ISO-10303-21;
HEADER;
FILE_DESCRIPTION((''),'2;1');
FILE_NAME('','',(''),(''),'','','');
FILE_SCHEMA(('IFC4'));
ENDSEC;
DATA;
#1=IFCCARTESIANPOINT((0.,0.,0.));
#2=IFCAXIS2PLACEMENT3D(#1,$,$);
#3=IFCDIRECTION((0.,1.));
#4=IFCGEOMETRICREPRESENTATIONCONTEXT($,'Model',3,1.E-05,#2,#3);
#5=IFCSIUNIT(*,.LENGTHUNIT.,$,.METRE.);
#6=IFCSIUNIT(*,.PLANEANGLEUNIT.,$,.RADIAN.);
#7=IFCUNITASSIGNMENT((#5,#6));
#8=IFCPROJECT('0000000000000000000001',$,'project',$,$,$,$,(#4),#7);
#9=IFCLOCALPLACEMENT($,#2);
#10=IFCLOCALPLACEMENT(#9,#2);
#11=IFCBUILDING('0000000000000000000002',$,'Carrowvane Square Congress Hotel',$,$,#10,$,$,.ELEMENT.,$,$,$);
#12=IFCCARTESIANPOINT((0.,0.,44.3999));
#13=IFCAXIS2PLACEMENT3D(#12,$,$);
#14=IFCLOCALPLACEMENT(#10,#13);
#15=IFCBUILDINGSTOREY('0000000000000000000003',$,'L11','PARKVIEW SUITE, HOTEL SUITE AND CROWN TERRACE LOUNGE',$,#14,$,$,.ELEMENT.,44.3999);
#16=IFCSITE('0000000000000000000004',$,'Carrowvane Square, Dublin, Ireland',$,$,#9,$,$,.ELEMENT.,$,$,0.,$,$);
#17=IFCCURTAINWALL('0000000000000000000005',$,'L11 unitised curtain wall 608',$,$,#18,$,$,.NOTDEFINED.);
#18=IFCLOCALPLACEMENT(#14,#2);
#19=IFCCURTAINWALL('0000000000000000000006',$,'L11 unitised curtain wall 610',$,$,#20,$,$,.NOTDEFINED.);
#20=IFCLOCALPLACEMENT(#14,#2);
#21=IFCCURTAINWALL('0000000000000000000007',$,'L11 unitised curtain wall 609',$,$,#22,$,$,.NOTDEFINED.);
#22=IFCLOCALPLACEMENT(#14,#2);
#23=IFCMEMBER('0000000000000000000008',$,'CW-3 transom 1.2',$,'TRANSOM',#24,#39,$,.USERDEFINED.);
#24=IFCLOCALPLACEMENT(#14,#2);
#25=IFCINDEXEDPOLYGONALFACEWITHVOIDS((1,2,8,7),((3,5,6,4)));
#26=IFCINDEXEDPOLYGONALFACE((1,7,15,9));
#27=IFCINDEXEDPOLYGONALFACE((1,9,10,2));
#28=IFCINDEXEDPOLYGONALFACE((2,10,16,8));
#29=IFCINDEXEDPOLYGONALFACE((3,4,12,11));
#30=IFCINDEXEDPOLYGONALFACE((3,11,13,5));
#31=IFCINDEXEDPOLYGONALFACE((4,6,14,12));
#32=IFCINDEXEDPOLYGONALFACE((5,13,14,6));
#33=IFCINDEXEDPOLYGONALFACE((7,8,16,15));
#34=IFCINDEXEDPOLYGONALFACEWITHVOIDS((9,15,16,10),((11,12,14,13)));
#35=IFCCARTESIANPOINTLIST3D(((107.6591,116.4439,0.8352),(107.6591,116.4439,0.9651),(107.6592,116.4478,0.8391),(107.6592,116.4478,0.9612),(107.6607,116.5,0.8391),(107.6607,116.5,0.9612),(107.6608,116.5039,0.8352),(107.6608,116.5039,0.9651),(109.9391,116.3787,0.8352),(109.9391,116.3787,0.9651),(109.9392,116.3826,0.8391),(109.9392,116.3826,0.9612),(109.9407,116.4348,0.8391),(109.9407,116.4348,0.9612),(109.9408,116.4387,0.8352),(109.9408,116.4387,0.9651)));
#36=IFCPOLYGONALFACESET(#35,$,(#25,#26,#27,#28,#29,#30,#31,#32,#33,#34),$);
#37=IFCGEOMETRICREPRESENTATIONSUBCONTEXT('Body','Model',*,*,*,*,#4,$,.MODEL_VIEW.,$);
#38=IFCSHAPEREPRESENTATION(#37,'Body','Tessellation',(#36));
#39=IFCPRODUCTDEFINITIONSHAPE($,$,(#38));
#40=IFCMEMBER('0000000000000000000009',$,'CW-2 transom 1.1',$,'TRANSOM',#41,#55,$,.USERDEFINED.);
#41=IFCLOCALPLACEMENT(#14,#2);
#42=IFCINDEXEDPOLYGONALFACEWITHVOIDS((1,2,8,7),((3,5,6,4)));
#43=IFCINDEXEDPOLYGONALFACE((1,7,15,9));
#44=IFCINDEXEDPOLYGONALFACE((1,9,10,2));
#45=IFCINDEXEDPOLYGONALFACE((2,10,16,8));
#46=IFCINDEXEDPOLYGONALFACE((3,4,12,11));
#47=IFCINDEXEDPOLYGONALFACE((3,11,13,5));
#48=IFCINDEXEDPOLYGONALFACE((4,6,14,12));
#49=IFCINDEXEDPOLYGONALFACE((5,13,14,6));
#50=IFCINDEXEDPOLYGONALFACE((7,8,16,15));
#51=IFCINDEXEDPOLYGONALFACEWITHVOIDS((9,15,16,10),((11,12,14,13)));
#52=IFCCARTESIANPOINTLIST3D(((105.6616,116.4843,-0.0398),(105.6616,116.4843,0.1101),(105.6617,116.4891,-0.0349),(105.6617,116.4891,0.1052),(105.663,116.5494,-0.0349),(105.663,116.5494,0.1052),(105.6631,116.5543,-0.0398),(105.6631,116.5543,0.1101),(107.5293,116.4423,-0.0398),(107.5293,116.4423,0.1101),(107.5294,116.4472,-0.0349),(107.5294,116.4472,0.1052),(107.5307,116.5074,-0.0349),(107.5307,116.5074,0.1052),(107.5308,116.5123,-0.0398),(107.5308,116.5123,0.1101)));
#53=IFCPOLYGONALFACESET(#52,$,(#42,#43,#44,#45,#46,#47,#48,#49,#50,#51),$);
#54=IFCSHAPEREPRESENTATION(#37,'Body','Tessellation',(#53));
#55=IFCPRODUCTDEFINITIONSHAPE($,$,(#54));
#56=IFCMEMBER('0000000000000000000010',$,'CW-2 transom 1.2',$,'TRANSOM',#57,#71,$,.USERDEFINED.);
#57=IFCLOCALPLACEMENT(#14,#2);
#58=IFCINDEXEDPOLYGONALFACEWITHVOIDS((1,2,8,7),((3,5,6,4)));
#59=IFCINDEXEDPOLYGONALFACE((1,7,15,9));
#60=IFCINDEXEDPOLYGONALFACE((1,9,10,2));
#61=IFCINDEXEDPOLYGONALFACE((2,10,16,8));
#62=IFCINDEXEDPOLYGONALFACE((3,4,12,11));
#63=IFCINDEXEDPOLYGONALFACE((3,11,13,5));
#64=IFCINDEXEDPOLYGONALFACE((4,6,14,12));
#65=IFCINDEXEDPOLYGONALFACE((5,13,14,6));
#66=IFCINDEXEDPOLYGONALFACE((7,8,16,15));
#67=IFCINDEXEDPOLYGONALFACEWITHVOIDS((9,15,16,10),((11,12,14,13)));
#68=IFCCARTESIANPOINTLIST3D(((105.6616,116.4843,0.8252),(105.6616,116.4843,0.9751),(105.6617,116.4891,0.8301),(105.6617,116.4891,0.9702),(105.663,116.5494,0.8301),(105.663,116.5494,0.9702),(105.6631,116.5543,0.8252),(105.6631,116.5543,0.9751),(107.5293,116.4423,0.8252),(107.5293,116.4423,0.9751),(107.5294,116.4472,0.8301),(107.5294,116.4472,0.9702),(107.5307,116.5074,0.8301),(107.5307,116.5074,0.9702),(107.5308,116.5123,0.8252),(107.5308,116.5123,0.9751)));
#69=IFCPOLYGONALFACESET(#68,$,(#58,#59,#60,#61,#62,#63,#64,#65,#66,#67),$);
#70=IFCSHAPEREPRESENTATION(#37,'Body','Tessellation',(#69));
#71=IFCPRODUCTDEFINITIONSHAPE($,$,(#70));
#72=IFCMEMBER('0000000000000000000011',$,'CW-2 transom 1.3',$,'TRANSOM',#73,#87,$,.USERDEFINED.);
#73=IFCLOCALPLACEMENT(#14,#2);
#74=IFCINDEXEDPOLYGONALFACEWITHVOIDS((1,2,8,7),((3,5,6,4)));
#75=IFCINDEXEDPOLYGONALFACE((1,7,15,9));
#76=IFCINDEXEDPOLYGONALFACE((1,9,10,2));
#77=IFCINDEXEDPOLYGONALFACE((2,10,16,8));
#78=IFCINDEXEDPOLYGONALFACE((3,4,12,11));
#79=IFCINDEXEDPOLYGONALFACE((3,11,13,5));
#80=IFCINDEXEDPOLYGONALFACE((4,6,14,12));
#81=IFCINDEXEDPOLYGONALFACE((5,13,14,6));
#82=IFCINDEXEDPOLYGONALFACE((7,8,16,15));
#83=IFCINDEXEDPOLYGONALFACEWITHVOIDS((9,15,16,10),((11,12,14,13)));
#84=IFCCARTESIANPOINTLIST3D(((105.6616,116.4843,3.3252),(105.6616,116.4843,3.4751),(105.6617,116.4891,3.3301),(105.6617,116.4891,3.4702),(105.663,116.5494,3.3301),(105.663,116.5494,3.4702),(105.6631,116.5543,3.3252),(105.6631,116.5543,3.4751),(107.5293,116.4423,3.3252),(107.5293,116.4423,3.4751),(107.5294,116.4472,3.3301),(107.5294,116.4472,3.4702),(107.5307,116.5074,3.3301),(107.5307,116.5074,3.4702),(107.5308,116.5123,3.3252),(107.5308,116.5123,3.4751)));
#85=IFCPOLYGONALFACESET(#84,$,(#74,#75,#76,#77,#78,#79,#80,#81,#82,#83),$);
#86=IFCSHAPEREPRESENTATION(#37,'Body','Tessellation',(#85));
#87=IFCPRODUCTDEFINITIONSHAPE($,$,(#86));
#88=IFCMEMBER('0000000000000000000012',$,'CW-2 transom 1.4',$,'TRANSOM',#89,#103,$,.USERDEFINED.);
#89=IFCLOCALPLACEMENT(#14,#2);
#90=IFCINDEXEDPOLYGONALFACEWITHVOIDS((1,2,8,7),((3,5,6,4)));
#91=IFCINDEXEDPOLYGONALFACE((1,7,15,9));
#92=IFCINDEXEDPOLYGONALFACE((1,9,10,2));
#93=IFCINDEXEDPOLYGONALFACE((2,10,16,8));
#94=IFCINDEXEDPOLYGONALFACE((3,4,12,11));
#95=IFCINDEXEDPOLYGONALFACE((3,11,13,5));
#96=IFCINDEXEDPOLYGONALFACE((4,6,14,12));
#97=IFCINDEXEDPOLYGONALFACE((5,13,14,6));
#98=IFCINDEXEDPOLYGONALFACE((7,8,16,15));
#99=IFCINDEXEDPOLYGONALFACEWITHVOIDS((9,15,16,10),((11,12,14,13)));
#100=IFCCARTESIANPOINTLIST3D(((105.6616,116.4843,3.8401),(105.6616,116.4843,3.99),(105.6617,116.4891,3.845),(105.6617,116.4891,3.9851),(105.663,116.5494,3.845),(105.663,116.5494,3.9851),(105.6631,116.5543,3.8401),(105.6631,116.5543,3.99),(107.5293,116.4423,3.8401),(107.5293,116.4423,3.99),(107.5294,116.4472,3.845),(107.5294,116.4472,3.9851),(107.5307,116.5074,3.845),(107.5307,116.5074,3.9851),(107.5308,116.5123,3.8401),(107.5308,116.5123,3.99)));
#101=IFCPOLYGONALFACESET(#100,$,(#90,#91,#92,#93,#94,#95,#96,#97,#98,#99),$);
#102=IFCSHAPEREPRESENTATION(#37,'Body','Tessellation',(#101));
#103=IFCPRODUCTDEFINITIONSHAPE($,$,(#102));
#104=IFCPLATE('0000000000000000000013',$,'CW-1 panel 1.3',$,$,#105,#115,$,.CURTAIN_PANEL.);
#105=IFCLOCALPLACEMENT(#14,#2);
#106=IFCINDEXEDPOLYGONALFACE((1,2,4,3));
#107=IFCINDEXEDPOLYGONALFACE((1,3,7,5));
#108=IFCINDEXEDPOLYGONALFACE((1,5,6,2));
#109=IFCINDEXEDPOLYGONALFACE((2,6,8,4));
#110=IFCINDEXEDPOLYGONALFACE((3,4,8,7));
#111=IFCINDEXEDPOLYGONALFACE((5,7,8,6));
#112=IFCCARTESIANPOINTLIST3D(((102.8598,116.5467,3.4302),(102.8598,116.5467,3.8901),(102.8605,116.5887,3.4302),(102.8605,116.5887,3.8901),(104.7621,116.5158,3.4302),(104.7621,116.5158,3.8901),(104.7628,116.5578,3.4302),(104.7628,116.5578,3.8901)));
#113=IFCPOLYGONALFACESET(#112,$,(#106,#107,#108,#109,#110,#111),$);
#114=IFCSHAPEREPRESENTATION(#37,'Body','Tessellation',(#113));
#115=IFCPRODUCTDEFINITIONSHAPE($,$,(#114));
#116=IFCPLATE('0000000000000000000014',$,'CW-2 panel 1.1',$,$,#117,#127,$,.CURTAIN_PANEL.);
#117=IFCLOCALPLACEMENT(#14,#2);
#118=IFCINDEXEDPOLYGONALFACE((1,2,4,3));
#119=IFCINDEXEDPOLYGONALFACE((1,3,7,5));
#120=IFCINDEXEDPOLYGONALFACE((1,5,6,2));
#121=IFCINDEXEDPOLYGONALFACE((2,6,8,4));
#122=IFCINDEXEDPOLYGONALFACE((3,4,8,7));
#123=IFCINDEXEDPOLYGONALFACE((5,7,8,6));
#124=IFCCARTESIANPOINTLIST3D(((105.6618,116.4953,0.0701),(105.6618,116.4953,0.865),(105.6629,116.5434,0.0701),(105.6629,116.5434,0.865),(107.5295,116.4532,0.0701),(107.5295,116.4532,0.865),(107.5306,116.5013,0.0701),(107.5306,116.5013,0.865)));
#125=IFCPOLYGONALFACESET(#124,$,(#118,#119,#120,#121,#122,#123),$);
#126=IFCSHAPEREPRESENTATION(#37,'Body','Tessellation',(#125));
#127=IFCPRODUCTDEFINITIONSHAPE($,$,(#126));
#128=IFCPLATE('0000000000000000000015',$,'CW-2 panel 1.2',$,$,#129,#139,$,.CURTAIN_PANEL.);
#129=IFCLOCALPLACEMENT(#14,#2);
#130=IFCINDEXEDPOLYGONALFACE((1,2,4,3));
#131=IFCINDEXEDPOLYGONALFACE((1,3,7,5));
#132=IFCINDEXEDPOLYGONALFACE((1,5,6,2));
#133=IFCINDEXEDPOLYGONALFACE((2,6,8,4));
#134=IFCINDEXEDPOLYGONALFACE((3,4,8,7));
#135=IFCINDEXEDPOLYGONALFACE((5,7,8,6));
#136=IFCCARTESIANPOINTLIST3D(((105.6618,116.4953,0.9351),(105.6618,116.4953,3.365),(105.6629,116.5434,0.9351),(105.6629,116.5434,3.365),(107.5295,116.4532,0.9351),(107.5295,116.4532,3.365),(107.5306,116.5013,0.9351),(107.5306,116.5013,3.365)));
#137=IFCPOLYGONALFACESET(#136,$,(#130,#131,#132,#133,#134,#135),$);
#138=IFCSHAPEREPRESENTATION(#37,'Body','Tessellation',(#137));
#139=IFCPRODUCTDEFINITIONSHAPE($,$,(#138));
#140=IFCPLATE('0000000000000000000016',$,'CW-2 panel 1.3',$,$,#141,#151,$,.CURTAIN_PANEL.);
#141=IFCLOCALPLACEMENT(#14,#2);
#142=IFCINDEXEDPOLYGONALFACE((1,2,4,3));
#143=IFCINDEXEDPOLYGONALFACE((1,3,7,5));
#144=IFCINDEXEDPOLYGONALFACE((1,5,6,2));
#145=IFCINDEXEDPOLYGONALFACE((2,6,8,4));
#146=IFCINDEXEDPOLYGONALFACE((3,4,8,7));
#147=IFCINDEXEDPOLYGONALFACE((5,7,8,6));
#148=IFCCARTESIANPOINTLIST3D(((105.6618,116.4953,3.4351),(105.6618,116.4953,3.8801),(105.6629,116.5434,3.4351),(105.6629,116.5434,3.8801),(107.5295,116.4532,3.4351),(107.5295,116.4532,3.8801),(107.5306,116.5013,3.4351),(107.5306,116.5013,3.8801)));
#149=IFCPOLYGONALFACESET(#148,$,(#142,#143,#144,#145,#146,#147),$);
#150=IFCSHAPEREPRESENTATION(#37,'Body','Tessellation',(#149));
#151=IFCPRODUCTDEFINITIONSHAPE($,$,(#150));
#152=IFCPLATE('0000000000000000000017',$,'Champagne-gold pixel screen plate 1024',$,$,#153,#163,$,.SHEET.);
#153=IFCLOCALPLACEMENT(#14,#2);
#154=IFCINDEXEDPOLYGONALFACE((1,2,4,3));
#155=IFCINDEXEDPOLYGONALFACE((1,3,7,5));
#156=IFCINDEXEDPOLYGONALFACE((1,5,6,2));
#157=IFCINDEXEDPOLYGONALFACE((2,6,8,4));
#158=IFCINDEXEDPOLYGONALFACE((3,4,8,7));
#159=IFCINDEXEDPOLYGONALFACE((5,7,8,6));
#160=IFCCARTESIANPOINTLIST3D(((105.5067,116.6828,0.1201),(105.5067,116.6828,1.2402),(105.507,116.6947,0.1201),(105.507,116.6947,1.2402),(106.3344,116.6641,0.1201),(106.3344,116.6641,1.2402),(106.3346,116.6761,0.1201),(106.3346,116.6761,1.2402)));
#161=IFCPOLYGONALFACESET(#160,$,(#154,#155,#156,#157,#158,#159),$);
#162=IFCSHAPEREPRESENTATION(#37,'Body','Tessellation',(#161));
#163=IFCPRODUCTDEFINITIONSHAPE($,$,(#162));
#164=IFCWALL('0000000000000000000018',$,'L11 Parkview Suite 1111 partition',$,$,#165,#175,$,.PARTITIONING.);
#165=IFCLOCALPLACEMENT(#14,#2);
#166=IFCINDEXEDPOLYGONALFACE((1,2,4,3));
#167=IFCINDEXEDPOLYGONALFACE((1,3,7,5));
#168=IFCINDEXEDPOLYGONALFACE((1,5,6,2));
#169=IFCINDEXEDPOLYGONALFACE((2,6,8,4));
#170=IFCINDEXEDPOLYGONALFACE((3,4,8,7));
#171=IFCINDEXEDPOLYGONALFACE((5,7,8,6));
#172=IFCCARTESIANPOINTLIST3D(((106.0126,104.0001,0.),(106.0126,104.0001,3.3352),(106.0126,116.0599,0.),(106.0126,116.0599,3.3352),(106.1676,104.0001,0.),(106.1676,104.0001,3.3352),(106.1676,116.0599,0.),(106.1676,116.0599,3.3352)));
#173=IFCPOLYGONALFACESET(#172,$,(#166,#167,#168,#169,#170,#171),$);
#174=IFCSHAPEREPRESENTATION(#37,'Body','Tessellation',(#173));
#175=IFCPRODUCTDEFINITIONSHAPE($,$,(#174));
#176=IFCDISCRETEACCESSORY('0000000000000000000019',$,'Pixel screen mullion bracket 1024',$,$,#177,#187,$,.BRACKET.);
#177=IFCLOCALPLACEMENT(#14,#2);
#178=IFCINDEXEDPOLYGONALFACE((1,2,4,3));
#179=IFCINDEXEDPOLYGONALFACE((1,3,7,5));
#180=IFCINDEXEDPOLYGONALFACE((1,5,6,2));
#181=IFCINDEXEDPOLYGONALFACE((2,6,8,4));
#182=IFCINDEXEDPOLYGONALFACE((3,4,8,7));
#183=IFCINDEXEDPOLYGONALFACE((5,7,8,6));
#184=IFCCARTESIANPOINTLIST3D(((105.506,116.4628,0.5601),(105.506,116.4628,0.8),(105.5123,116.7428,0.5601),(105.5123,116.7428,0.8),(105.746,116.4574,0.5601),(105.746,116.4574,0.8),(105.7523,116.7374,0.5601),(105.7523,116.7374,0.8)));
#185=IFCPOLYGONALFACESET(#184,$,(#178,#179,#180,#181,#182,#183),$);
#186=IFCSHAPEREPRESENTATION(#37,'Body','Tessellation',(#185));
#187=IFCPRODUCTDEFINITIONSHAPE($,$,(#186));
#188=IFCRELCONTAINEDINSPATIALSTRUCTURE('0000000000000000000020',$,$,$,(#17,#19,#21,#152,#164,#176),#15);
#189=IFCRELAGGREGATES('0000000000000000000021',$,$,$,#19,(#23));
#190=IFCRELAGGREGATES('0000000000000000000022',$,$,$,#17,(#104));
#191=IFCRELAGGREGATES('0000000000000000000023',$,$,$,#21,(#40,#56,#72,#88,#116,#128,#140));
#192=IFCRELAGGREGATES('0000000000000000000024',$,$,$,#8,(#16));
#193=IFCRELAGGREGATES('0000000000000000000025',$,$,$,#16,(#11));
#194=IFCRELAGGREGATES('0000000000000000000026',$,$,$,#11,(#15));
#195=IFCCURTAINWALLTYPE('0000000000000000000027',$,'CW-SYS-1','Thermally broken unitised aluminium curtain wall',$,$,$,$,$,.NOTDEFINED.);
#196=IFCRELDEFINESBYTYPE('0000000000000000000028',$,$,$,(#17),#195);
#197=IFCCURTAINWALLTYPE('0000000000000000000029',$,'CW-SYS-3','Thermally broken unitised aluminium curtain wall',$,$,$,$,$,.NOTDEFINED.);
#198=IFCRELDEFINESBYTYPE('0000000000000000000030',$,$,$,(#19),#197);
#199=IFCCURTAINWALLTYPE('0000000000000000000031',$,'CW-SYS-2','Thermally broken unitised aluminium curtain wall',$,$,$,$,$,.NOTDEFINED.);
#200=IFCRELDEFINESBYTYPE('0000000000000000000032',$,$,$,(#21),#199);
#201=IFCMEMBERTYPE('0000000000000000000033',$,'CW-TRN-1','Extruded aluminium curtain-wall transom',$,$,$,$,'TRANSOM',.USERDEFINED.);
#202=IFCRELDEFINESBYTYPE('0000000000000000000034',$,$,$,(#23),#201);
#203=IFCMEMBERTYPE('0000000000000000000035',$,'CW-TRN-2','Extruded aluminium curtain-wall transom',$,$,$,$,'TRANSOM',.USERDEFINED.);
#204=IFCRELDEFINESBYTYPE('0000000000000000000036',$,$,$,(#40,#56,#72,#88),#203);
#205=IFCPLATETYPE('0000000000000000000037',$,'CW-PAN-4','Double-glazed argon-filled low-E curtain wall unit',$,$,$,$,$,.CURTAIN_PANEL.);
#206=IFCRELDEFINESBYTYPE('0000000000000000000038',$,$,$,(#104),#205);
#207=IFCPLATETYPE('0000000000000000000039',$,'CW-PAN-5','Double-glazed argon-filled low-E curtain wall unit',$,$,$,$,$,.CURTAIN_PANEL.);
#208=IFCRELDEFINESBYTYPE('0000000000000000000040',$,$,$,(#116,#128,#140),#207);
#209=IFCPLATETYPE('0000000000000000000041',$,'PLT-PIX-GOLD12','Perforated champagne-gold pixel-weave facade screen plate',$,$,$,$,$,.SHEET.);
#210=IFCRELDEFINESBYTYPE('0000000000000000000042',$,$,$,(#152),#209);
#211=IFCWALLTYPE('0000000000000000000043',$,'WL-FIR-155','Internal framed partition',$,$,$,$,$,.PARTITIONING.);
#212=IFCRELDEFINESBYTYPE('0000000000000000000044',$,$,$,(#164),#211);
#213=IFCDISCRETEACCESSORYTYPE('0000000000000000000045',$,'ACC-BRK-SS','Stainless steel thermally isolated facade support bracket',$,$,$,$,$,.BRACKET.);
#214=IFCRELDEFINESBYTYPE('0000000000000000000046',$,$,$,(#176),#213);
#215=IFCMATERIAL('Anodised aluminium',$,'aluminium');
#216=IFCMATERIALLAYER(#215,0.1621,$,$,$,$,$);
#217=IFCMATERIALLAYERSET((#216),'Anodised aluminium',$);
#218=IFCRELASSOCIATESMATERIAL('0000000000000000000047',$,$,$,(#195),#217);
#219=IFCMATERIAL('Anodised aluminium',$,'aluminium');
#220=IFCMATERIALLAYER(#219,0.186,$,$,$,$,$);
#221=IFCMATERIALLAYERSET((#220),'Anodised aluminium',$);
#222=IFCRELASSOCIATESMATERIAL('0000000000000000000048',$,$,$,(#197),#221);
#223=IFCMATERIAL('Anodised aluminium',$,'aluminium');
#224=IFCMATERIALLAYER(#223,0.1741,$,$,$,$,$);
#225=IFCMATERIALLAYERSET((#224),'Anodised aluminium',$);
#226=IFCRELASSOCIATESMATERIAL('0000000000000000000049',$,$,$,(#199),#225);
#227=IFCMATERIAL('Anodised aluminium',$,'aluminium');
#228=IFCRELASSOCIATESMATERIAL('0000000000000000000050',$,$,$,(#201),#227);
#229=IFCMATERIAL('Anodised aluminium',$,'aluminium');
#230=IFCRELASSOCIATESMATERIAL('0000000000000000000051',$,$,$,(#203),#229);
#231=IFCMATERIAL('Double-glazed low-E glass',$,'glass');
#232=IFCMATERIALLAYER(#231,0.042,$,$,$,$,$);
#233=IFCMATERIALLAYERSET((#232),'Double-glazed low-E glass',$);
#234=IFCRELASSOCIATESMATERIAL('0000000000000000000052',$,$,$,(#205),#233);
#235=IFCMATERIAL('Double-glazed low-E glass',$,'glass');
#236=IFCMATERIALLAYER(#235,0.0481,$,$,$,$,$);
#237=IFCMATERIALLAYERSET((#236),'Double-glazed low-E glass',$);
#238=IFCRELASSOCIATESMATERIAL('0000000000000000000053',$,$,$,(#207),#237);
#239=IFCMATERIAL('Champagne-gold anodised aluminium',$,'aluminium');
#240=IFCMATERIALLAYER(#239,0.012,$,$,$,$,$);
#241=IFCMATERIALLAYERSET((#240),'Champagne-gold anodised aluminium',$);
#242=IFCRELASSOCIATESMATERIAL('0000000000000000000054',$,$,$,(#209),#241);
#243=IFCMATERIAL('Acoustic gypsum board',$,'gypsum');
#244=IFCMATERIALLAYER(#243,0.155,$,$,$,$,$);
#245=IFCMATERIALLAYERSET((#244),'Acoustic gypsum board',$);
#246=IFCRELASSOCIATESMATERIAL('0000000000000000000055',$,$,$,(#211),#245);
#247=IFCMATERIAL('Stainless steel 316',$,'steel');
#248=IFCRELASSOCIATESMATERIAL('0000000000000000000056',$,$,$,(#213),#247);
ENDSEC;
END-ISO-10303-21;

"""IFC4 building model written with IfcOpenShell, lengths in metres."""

from ifc_helpers import new_model, si_unit, direction, frame, frame_2d, origin, origin_2d, place, context, subcontext, project, spatial, rectangle, hollow_rectangle, extrude, material, layer, layer_set, material_profile, profile_set, type_object, element, aggregate, save


model = new_model("IFC4")

# Units and contexts
model_context = context("Model", 3, precision=1e-05, world=origin(), true_north=direction((0.0, 1.0)))
body_context = subcontext(model_context, "Body", "Model", "MODEL_VIEW")
ifc_project = project(units=[si_unit("LENGTHUNIT", "METRE"), si_unit("PLANEANGLEUNIT", "RADIAN")], contexts=[model_context])

# Site, building, storey
site_placement = place(None, origin())
site = spatial("IfcSite", under=ifc_project, at=site_placement, Name="Carrowvane Square, Dublin, Ireland", CompositionType="ELEMENT", RefElevation=0.0)
building_placement = place(site_placement, origin())
building = spatial("IfcBuilding", under=site, at=building_placement, Name="Carrowvane Square Congress Hotel", CompositionType="ELEMENT")
storey_placement = place(building_placement, frame((0.0, 0.0, 44.3999)))
storey = spatial("IfcBuildingStorey", under=building, at=storey_placement, Name="L11", Description="PARKVIEW SUITE, HOTEL SUITE AND CROWN TERRACE LOUNGE", CompositionType="ELEMENT", Elevation=44.3999)

# Curtain walls
ifc_material_1 = material(Name="Anodised aluminium", Category="aluminium")
ifc_layer_1 = layer(ifc_material_1, 0.1621)
ifc_layer_set_1 = layer_set([ifc_layer_1], Name="Anodised aluminium")
curtain_wall_type_1 = type_object("IfcCurtainWallType", Name="CW-SYS-1", Description="Thermally broken unitised aluminium curtain wall", PredefinedType="NOTDEFINED", material=ifc_layer_set_1)
curtain_wall_1_placement = place(storey_placement, origin())
curtain_wall_1 = element("IfcCurtainWall", 1, at=curtain_wall_1_placement, inside=storey, type_object=curtain_wall_type_1, Name="L11 unitised curtain wall 608", PredefinedType="NOTDEFINED")
ifc_material_2 = material(Name="Anodised aluminium", Category="aluminium")
ifc_layer_2 = layer(ifc_material_2, 0.186)
ifc_layer_set_2 = layer_set([ifc_layer_2], Name="Anodised aluminium")
curtain_wall_type_2 = type_object("IfcCurtainWallType", Name="CW-SYS-3", Description="Thermally broken unitised aluminium curtain wall", PredefinedType="NOTDEFINED", material=ifc_layer_set_2)
curtain_wall_2_placement = place(storey_placement, origin())
curtain_wall_2 = element("IfcCurtainWall", 2, at=curtain_wall_2_placement, inside=storey, type_object=curtain_wall_type_2, Name="L11 unitised curtain wall 610", PredefinedType="NOTDEFINED")

# Curtain wall
ifc_material_3 = material(Name="Anodised aluminium", Category="aluminium")
ifc_layer_3 = layer(ifc_material_3, 0.1741)
ifc_layer_set_3 = layer_set([ifc_layer_3], Name="Anodised aluminium")
curtain_wall_type_3 = type_object("IfcCurtainWallType", Name="CW-SYS-2", Description="Thermally broken unitised aluminium curtain wall", PredefinedType="NOTDEFINED", material=ifc_layer_set_3)
curtain_wall_3_placement = place(storey_placement, origin())
curtain_wall_3 = element("IfcCurtainWall", 3, at=curtain_wall_3_placement, inside=storey, type_object=curtain_wall_type_3, Name="L11 unitised curtain wall 609", PredefinedType="NOTDEFINED")

# Members
ifc_material_4 = material(Name="Anodised aluminium", Category="aluminium")
ifc_material_profile_1 = material_profile(ifc_material_4, hollow_rectangle(XDim=0.0601, YDim=0.1299, WallThickness=0.0039, at=origin_2d()), Name="CW-TR 60x130x4")
ifc_profile_set_1 = profile_set([ifc_material_profile_1], Name="Anodised aluminium")
member_type_1 = type_object("IfcMemberType", Name="CW-TRN-1", Description="Extruded aluminium curtain-wall transom", ElementType="TRANSOM", PredefinedType="USERDEFINED", material=ifc_profile_set_1)
member_1_placement = place(storey_placement, frame((107.6599, 116.4739, 0.9001), z_axis=(0.999592, -0.028578, 0.0), x_axis=(0.028578, 0.999592, 0.0)))
member_1 = element("IfcMember", 4, at=member_1_placement, type_object=member_type_1, Name="CW-3 transom 1.2", ObjectType="TRANSOM", PredefinedType="USERDEFINED", context=body_context, shape_type="SweptSolid", body=[
    extrude(hollow_rectangle(XDim=0.0601, YDim=0.1299, WallThickness=0.0039, at=origin_2d()), origin(), (0.0, 0.0, 1.0), 2.281),
])
aggregate(curtain_wall_2, [member_1])
ifc_material_5 = material(Name="Anodised aluminium", Category="aluminium")
ifc_material_profile_2 = material_profile(ifc_material_5, hollow_rectangle(XDim=0.0701, YDim=0.1499, WallThickness=0.0049, at=origin_2d()), Name="CW-TR 70x150x5")
ifc_profile_set_2 = profile_set([ifc_material_profile_2], Name="Anodised aluminium")
member_type_2 = type_object("IfcMemberType", Name="CW-TRN-2", Description="Extruded aluminium curtain-wall transom", ElementType="TRANSOM", PredefinedType="USERDEFINED", material=ifc_profile_set_2)
member_2_placement = place(storey_placement, frame((105.6624, 116.5193, 0.0352), z_axis=(0.999747, -0.022478, 0.0), x_axis=(0.022478, 0.999747, 0.0)))
member_2 = element("IfcMember", 5, at=member_2_placement, type_object=member_type_2, Name="CW-2 transom 1.1", ObjectType="TRANSOM", PredefinedType="USERDEFINED", context=body_context, shape_type="SweptSolid", body=[
    extrude(hollow_rectangle(XDim=0.0701, YDim=0.1499, WallThickness=0.0049, at=origin_2d()), origin(), (0.0, 0.0, 1.0), 1.8682),
])
member_3_placement = place(storey_placement, frame((105.6624, 116.5193, 0.9001), z_axis=(0.999747, -0.022478, 0.0), x_axis=(0.022478, 0.999747, 0.0)))
member_3 = element("IfcMember", 6, at=member_3_placement, type_object=member_type_2, Name="CW-2 transom 1.2", ObjectType="TRANSOM", PredefinedType="USERDEFINED", context=body_context, shape_type="SweptSolid", body=[
    extrude(hollow_rectangle(XDim=0.0701, YDim=0.1499, WallThickness=0.0049, at=origin_2d()), origin(), (0.0, 0.0, 1.0), 1.8682),
])
member_4_placement = place(storey_placement, frame((105.6624, 116.5193, 3.4001), z_axis=(0.999747, -0.022478, 0.0), x_axis=(0.022478, 0.999747, 0.0)))
member_4 = element("IfcMember", 7, at=member_4_placement, type_object=member_type_2, Name="CW-2 transom 1.3", ObjectType="TRANSOM", PredefinedType="USERDEFINED", context=body_context, shape_type="SweptSolid", body=[
    extrude(hollow_rectangle(XDim=0.0701, YDim=0.1499, WallThickness=0.0049, at=origin_2d()), origin(), (0.0, 0.0, 1.0), 1.8682),
])
member_5_placement = place(storey_placement, frame((105.6624, 116.5193, 3.915), z_axis=(0.999747, -0.022478, 0.0), x_axis=(0.022478, 0.999747, 0.0)))
member_5 = element("IfcMember", 8, at=member_5_placement, type_object=member_type_2, Name="CW-2 transom 1.4", ObjectType="TRANSOM", PredefinedType="USERDEFINED", context=body_context, shape_type="SweptSolid", body=[
    extrude(hollow_rectangle(XDim=0.0701, YDim=0.1499, WallThickness=0.0049, at=origin_2d()), origin(), (0.0, 0.0, 1.0), 1.8682),
])

# Plates
ifc_material_6 = material(Name="Double-glazed low-E glass", Category="glass")
ifc_layer_4 = layer(ifc_material_6, 0.042)
ifc_layer_set_4 = layer_set([ifc_layer_4], Name="Double-glazed low-E glass")
plate_type_1 = type_object("IfcPlateType", Name="CW-PAN-4", Description="Double-glazed argon-filled low-E curtain wall unit", PredefinedType="CURTAIN_PANEL", material=ifc_layer_set_4)
plate_1_placement = place(storey_placement, frame((103.8113, 116.5522, 3.4302), z_axis=(0.0, 0.0, 1.0), x_axis=(0.999869, -0.016216, 0.0)))
plate_1 = element("IfcPlate", 9, at=plate_1_placement, type_object=plate_type_1, Name="CW-1 panel 1.3", PredefinedType="CURTAIN_PANEL", context=body_context, shape_type="SweptSolid", body=[
    extrude(rectangle(XDim=1.9026, YDim=0.042, at=origin_2d()), origin(), (0.0, 0.0, 1.0), 0.46),
])
aggregate(curtain_wall_1, [plate_1])
ifc_material_7 = material(Name="Double-glazed low-E glass", Category="glass")
ifc_layer_5 = layer(ifc_material_7, 0.0481)
ifc_layer_set_5 = layer_set([ifc_layer_5], Name="Double-glazed low-E glass")
plate_type_2 = type_object("IfcPlateType", Name="CW-PAN-5", Description="Double-glazed argon-filled low-E curtain wall unit", PredefinedType="CURTAIN_PANEL", material=ifc_layer_set_5)
plate_2_placement = place(storey_placement, frame((106.5962, 116.4983, 0.0701), z_axis=(0.0, 0.0, 1.0), x_axis=(0.999746, -0.022518, 0.0)))
plate_2 = element("IfcPlate", 10, at=plate_2_placement, type_object=plate_type_2, Name="CW-2 panel 1.1", PredefinedType="CURTAIN_PANEL", context=body_context, shape_type="SweptSolid", body=[
    extrude(rectangle(XDim=1.8682, YDim=0.0481, at=origin_2d()), origin(), (0.0, 0.0, 1.0), 0.7949),
])
plate_3_placement = place(storey_placement, frame((106.5962, 116.4983, 0.9351), z_axis=(0.0, 0.0, 1.0), x_axis=(0.999746, -0.022518, 0.0)))
plate_3 = element("IfcPlate", 11, at=plate_3_placement, type_object=plate_type_2, Name="CW-2 panel 1.2", PredefinedType="CURTAIN_PANEL", context=body_context, shape_type="SweptSolid", body=[
    extrude(rectangle(XDim=1.8682, YDim=0.0481, at=origin_2d()), origin(), (0.0, 0.0, 1.0), 2.4299),
])
plate_4_placement = place(storey_placement, frame((106.5962, 116.4983, 3.4351), z_axis=(0.0, 0.0, 1.0), x_axis=(0.999746, -0.022518, 0.0)))
plate_4 = element("IfcPlate", 12, at=plate_4_placement, type_object=plate_type_2, Name="CW-2 panel 1.3", PredefinedType="CURTAIN_PANEL", context=body_context, shape_type="SweptSolid", body=[
    extrude(rectangle(XDim=1.8682, YDim=0.0481, at=origin_2d()), origin(), (0.0, 0.0, 1.0), 0.4451),
])
aggregate(curtain_wall_3, [member_2, member_3, member_4, member_5, plate_2, plate_3, plate_4])
ifc_material_8 = material(Name="Champagne-gold anodised aluminium", Category="aluminium")
ifc_layer_6 = layer(ifc_material_8, 0.012)
ifc_layer_set_6 = layer_set([ifc_layer_6], Name="Champagne-gold anodised aluminium")
plate_type_3 = type_object("IfcPlateType", Name="PLT-PIX-GOLD12", Description="Perforated champagne-gold pixel-weave facade screen plate", PredefinedType="SHEET", material=ifc_layer_set_6)
plate_5_placement = place(storey_placement, frame((105.9207, 116.6794, 0.1201), z_axis=(0.0, 0.0, 1.0), x_axis=(0.999746, -0.022519, 0.0)))
element("IfcPlate", 13, at=plate_5_placement, inside=storey, type_object=plate_type_3, Name="Champagne-gold pixel screen plate 1024", PredefinedType="SHEET", context=body_context, shape_type="SweptSolid", body=[
    extrude(rectangle(XDim=0.8279, YDim=0.012, at=origin_2d()), origin(), (0.0, 0.0, 1.0), 1.1201),
])

# Wall
ifc_material_9 = material(Name="Acoustic gypsum board", Category="gypsum")
ifc_layer_7 = layer(ifc_material_9, 0.155)
ifc_layer_set_7 = layer_set([ifc_layer_7], Name="Acoustic gypsum board")
wall_type = type_object("IfcWallType", Name="WL-FIR-155", Description="Internal framed partition", PredefinedType="PARTITIONING", material=ifc_layer_set_7)
wall_placement = place(storey_placement, frame((106.0901, 116.0598, 0.0), z_axis=(0.0, 0.0, 1.0), x_axis=(0.0, -1.0, 0.0)))
element("IfcWall", 14, at=wall_placement, inside=storey, type_object=wall_type, Name="L11 Parkview Suite 1111 partition", PredefinedType="PARTITIONING", context=body_context, shape_type="SweptSolid", body=[
    extrude(rectangle(XDim=12.0598, YDim=0.155, at=frame_2d((6.0298, 0.0))), origin(), (0.0, 0.0, 1.0), 3.3352),
])

# Discrete accessory
ifc_material_10 = material(Name="Stainless steel 316", Category="steel")
discrete_accessory_type = type_object("IfcDiscreteAccessoryType", Name="ACC-BRK-SS", Description="Stainless steel thermally isolated facade support bracket", PredefinedType="BRACKET", material=ifc_material_10)
for number, where, z_axis, x_axis, name in (
    (15, (105.6292, 116.6001, 0.5601), (0.0, 0.0, 1.0), (0.999746, -0.022519, 0.0), "Pixel screen mullion bracket 1024"),
):
    element("IfcDiscreteAccessory", number, at=place(storey_placement, frame(where, z_axis=z_axis, x_axis=x_axis)), inside=storey, type_object=discrete_accessory_type, Name=name, PredefinedType="BRACKET", context=body_context, shape_type="SweptSolid", body=[
        extrude(rectangle(XDim=0.24, YDim=0.28, at=origin_2d()), origin(), (0.0, 0.0, 1.0), 0.24),
    ])

save(model, "model.ifc")
